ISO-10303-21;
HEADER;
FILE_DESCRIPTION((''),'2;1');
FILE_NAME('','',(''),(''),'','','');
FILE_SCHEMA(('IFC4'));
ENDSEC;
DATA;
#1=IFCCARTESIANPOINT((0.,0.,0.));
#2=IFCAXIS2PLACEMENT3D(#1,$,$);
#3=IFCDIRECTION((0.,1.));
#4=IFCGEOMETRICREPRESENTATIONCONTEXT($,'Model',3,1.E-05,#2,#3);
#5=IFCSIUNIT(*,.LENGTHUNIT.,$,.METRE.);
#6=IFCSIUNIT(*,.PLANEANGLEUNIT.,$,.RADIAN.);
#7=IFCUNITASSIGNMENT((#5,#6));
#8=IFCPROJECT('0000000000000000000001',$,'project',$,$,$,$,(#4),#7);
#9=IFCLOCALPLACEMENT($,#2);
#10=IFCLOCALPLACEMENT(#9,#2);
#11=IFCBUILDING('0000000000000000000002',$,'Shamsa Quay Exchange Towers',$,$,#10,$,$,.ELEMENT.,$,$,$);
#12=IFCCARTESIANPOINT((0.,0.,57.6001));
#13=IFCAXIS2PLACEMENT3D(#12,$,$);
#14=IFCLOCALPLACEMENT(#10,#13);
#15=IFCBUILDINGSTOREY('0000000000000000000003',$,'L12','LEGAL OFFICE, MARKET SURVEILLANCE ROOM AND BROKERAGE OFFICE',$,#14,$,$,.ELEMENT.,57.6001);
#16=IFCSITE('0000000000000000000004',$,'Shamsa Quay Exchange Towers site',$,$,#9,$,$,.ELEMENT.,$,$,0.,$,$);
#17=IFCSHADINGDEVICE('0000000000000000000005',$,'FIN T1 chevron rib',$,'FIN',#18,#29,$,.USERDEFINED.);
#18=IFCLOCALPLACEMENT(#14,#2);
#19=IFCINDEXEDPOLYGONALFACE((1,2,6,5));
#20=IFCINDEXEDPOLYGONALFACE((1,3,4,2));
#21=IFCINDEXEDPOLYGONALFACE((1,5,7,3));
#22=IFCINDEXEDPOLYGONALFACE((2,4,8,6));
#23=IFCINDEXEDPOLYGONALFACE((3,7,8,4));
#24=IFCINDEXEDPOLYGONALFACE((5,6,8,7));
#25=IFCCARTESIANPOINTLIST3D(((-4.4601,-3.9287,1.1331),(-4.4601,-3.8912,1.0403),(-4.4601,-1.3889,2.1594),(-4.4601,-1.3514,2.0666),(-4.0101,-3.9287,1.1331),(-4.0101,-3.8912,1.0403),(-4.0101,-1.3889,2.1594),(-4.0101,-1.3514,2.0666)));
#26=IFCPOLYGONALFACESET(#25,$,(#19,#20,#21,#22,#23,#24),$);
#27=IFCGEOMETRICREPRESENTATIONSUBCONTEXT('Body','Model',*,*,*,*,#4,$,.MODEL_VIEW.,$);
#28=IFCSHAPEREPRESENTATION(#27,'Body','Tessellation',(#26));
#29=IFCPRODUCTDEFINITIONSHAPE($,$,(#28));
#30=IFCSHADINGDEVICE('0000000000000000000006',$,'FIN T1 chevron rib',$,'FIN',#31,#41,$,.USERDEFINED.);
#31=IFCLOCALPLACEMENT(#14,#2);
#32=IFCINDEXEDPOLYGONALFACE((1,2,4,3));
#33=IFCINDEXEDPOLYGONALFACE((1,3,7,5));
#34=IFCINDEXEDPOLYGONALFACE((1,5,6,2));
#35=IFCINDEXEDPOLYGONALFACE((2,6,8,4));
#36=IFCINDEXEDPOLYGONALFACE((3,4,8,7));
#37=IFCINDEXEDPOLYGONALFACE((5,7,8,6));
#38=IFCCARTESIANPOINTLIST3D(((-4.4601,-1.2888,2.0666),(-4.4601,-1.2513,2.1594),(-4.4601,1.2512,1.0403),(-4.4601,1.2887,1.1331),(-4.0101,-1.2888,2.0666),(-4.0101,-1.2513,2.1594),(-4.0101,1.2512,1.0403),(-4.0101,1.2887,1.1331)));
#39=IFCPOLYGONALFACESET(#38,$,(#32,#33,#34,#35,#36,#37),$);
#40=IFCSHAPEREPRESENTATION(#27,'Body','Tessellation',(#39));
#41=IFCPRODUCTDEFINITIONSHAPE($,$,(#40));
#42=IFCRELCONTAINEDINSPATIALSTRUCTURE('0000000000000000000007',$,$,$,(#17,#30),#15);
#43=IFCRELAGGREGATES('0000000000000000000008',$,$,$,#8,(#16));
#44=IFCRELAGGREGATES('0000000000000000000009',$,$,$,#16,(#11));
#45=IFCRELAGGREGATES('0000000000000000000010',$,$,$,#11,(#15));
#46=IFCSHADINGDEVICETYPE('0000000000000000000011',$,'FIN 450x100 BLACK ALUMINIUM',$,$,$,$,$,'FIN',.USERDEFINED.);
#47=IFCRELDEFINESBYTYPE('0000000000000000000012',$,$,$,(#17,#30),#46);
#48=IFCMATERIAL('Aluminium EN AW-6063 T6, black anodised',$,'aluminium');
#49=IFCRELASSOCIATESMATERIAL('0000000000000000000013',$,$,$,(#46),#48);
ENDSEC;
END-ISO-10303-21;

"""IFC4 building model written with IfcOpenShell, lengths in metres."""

from ifc_helpers import new_model, si_unit, direction, frame, origin, origin_2d, place, context, subcontext, project, spatial, rectangle, extrude, material, material_profile, profile_set, type_object, element, save


model = new_model("IFC4")

# Units and contexts
model_context = context("Model", 3, precision=1e-05, world=origin(), true_north=direction((0.0, 1.0)))
body_context = subcontext(model_context, "Body", "Model", "MODEL_VIEW")
ifc_project = project(units=[si_unit("LENGTHUNIT", "METRE"), si_unit("PLANEANGLEUNIT", "RADIAN")], contexts=[model_context])

# Site, building, storey
site_placement = place(None, origin())
site = spatial("IfcSite", under=ifc_project, at=site_placement, Name="Shamsa Quay Exchange Towers site", CompositionType="ELEMENT", RefElevation=0.0)
building_placement = place(site_placement, origin())
building = spatial("IfcBuilding", under=site, at=building_placement, Name="Shamsa Quay Exchange Towers", CompositionType="ELEMENT")
storey_placement = place(building_placement, frame((0.0, 0.0, 57.6001)))
storey = spatial("IfcBuildingStorey", under=building, at=storey_placement, Name="L12", Description="LEGAL OFFICE, MARKET SURVEILLANCE ROOM AND BROKERAGE OFFICE", CompositionType="ELEMENT", Elevation=57.6001)

# Shared definitions
ifc_material_1 = material(Name="Aluminium EN AW-6063 T6, black anodised", Category="aluminium")

# Shading devices
ifc_material_profile_1 = material_profile(ifc_material_1, rectangle(XDim=0.45, YDim=0.1001, at=origin_2d()), Name="FIN450x100")
ifc_profile_set_1 = profile_set([ifc_material_profile_1], Name="Aluminium EN AW-6063 T6, black anodised")
shading_device_type = type_object("IfcShadingDeviceType", Name="FIN 450x100 BLACK ALUMINIUM", ElementType="FIN", PredefinedType="USERDEFINED", material=ifc_profile_set_1)
shading_device_1_placement = place(storey_placement, frame((-4.2351, -3.9099, 1.0867), z_axis=(0.0, 0.927156, 0.374677), x_axis=(-1.0, 0.0, 0.0)))
element("IfcShadingDevice", 1, at=shading_device_1_placement, inside=storey, type_object=shading_device_type, Name="FIN T1 chevron rib", ObjectType="FIN", PredefinedType="USERDEFINED", context=body_context, shape_type="SweptSolid", body=[
    extrude(rectangle(XDim=0.45, YDim=0.1001, at=origin_2d()), origin(), (0.0, 0.0, 1.0), 2.7393),
])
shading_device_2_placement = place(storey_placement, frame((-4.2351, -1.27, 2.113), z_axis=(0.0, 0.927168, -0.374646), x_axis=(-1.0, 0.0, 0.0)))
element("IfcShadingDevice", 2, at=shading_device_2_placement, inside=storey, type_object=shading_device_type, Name="FIN T1 chevron rib", ObjectType="FIN", PredefinedType="USERDEFINED", context=body_context, shape_type="SweptSolid", body=[
    extrude(rectangle(XDim=0.45, YDim=0.1001, at=origin_2d()), origin(), (0.0, 0.0, 1.0), 2.7395),
])

save(model, "model.ifc")
